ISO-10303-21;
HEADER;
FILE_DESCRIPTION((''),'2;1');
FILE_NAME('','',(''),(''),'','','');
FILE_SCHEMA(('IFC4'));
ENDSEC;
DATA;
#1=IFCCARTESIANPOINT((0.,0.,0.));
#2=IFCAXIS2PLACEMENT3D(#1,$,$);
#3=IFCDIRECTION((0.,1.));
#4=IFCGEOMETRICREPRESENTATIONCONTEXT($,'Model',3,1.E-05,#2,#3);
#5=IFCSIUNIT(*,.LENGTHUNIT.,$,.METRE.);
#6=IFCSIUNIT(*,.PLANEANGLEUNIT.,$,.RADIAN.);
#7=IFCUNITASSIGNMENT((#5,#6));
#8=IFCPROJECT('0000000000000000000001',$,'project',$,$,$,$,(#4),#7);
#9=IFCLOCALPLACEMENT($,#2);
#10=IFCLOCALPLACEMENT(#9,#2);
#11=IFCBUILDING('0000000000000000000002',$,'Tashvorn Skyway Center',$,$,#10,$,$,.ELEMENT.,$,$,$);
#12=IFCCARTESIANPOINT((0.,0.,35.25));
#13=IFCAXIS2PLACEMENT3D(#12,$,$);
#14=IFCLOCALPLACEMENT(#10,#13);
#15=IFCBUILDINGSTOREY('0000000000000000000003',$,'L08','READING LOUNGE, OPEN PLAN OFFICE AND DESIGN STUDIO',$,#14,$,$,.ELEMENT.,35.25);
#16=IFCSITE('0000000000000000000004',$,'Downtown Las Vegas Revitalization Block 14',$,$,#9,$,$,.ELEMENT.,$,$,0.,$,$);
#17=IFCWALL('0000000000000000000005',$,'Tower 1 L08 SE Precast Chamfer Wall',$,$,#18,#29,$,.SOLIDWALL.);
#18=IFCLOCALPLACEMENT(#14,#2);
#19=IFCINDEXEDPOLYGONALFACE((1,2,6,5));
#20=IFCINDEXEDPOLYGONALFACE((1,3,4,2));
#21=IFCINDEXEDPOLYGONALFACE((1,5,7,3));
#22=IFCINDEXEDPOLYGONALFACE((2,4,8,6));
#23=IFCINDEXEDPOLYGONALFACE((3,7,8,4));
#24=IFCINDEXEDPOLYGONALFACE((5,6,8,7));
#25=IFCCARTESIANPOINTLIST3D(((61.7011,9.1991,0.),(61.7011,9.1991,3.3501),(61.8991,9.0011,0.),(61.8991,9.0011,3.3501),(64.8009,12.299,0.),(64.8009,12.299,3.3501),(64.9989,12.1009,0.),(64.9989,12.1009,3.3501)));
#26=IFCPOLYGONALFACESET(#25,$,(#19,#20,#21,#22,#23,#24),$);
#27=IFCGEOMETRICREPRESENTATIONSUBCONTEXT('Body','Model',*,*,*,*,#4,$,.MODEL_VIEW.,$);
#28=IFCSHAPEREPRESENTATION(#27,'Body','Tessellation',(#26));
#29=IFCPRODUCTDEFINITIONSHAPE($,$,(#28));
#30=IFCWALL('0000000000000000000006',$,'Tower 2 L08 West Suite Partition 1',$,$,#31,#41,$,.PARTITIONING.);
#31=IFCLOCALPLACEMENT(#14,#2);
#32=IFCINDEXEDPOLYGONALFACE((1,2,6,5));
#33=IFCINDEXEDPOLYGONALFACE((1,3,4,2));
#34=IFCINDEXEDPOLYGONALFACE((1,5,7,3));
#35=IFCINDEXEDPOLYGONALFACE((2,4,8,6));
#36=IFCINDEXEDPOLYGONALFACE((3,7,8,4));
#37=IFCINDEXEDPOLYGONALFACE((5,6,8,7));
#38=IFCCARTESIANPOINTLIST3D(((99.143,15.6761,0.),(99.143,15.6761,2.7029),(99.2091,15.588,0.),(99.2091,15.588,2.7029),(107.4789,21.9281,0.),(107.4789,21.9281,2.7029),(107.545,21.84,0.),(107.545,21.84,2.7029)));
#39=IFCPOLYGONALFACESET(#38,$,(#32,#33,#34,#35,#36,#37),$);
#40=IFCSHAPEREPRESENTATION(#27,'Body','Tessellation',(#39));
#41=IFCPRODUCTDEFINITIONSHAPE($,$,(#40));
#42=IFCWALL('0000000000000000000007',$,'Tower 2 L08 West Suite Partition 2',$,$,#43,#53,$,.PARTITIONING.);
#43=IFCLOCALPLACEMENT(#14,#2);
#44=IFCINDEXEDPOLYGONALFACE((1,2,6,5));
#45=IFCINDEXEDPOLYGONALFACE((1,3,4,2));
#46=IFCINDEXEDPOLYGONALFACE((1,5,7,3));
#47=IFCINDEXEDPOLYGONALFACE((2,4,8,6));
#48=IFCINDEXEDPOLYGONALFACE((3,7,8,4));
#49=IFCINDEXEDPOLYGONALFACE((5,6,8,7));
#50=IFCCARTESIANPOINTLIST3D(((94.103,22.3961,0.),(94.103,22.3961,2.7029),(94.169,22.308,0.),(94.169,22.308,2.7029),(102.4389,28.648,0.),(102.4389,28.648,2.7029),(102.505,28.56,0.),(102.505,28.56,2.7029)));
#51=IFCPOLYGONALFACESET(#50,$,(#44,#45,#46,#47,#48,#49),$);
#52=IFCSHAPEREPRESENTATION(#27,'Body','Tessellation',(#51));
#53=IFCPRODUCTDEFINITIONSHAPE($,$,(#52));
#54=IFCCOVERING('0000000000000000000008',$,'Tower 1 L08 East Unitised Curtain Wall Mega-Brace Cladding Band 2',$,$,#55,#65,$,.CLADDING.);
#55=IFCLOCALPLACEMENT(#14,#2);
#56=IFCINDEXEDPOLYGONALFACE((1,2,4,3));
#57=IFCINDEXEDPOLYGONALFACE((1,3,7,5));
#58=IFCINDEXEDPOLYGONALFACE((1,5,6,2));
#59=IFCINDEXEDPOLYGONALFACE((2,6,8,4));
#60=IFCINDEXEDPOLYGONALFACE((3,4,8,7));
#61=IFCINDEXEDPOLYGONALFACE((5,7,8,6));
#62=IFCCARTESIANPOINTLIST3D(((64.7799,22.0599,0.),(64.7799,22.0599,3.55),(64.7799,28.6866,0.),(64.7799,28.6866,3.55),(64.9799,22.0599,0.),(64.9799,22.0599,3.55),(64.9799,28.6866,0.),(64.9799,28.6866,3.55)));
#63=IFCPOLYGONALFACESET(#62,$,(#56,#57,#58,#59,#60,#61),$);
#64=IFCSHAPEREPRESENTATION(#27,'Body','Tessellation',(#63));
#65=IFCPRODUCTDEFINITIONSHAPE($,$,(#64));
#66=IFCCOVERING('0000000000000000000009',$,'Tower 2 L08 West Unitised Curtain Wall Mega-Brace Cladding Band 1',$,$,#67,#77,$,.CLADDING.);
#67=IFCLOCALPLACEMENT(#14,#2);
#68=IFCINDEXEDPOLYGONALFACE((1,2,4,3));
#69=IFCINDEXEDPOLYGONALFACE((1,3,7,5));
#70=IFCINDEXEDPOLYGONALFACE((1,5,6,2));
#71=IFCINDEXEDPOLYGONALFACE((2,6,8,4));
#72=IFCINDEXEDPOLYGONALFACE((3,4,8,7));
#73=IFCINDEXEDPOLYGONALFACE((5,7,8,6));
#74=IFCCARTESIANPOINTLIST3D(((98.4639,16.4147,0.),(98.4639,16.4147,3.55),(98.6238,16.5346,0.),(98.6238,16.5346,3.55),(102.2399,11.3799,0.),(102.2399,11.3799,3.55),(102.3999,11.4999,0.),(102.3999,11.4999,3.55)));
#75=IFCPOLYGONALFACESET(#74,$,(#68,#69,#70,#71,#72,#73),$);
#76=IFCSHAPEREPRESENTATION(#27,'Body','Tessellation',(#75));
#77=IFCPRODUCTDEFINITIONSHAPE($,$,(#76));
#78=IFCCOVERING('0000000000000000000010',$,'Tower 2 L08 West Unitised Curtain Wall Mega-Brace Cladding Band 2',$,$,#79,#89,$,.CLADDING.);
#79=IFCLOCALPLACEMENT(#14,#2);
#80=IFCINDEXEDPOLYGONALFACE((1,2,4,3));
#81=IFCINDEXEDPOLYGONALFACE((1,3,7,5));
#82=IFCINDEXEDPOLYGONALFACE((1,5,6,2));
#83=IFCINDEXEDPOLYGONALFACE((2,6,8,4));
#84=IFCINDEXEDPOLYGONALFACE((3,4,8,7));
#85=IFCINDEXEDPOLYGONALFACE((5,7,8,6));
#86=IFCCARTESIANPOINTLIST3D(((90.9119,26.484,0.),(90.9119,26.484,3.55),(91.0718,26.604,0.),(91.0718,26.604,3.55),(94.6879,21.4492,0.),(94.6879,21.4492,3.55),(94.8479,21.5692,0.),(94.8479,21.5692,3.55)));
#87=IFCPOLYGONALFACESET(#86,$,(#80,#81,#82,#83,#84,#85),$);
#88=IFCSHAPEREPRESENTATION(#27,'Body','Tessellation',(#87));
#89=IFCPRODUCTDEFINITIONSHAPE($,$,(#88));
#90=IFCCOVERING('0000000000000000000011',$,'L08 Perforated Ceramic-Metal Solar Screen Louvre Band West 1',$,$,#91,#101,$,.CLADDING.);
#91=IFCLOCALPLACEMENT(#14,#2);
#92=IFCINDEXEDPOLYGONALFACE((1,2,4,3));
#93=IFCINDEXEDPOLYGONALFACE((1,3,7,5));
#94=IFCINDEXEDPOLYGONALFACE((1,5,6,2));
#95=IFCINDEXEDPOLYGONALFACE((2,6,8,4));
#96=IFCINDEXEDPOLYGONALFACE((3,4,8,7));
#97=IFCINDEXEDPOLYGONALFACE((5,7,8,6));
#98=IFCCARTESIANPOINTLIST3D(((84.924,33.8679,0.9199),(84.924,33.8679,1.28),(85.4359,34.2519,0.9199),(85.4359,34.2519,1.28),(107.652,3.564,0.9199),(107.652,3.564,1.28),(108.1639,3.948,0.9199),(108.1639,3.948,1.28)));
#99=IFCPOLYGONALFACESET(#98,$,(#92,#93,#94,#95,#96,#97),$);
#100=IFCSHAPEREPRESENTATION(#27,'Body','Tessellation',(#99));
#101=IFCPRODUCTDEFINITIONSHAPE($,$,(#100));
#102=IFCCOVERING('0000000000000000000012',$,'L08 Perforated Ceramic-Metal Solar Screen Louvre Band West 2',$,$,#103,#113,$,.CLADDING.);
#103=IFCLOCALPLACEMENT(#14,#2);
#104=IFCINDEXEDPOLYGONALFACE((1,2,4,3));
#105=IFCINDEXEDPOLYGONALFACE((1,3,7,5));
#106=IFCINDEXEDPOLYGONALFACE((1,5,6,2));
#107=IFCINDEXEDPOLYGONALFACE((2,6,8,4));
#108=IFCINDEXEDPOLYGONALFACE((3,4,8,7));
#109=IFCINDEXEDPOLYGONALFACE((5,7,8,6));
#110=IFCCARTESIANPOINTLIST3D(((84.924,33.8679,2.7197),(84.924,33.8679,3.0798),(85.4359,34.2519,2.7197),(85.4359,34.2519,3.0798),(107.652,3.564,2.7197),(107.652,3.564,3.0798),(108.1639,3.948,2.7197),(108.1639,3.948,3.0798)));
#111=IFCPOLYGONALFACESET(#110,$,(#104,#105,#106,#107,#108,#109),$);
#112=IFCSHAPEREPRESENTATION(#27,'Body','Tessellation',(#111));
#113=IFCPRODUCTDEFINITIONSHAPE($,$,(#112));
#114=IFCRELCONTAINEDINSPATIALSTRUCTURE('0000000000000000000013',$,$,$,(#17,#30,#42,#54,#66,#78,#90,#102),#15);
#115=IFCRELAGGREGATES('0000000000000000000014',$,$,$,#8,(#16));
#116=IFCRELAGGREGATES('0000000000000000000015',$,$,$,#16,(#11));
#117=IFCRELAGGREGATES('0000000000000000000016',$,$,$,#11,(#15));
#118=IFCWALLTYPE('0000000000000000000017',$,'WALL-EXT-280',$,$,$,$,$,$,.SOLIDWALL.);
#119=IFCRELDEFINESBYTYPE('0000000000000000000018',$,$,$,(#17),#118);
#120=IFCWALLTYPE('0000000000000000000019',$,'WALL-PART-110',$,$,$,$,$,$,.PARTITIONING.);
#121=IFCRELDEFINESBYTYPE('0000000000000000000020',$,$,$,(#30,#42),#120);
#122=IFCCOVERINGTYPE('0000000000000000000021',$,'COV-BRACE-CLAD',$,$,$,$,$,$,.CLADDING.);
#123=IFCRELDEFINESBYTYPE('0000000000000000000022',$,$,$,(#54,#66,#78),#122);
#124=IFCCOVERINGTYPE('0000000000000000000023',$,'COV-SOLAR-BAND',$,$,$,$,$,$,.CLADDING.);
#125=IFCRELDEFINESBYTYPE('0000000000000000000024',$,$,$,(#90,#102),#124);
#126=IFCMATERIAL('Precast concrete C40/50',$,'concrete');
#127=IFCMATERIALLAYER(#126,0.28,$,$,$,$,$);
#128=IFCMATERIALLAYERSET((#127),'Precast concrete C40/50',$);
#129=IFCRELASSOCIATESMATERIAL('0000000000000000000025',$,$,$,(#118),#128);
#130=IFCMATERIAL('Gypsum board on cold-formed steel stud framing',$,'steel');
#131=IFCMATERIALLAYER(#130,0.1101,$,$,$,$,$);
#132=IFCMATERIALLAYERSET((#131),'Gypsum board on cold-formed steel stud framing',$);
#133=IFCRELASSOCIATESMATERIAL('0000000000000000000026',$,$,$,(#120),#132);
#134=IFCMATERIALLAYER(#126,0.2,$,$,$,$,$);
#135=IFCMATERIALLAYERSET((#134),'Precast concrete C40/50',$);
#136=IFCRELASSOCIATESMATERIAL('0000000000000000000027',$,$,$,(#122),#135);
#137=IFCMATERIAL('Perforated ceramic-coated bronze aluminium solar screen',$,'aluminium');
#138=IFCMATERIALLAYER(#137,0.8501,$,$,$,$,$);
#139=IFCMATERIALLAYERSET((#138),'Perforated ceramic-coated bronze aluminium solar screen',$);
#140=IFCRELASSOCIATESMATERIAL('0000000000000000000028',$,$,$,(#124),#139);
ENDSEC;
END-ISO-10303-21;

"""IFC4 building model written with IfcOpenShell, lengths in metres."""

from ifc_helpers import new_model, si_unit, direction, frame, frame_2d, origin, origin_2d, place, context, subcontext, project, spatial, rectangle, extrude, material, layer, layer_set, type_object, element, save


model = new_model("IFC4")

# Units and contexts
model_context = context("Model", 3, precision=1e-05, world=origin(), true_north=direction((0.0, 1.0)))
body_context = subcontext(model_context, "Body", "Model", "MODEL_VIEW")
ifc_project = project(units=[si_unit("LENGTHUNIT", "METRE"), si_unit("PLANEANGLEUNIT", "RADIAN")], contexts=[model_context])

# Site, building, storey
site_placement = place(None, origin())
site = spatial("IfcSite", under=ifc_project, at=site_placement, Name="Downtown Las Vegas Revitalization Block 14", CompositionType="ELEMENT", RefElevation=0.0)
building_placement = place(site_placement, origin())
building = spatial("IfcBuilding", under=site, at=building_placement, Name="Tashvorn Skyway Center", CompositionType="ELEMENT")
storey_placement = place(building_placement, frame((0.0, 0.0, 35.25)))
storey = spatial("IfcBuildingStorey", under=building, at=storey_placement, Name="L08", Description="READING LOUNGE, OPEN PLAN OFFICE AND DESIGN STUDIO", CompositionType="ELEMENT", Elevation=35.25)

# Walls
ifc_material_1 = material(Name="Precast concrete C40/50", Category="concrete")
ifc_layer_1 = layer(ifc_material_1, 0.28)
ifc_layer_set_1 = layer_set([ifc_layer_1], Name="Precast concrete C40/50")
wall_type_1 = type_object("IfcWallType", Name="WALL-EXT-280", PredefinedType="SOLIDWALL", material=ifc_layer_set_1)
wall_placement = place(storey_placement, frame((64.8999, 12.2, 0.0), z_axis=(0.0, 0.0, 1.0), x_axis=(-0.707107, -0.707107, 0.0)))
element("IfcWall", 1, at=wall_placement, inside=storey, type_object=wall_type_1, Name="Tower 1 L08 SE Precast Chamfer Wall", PredefinedType="SOLIDWALL", context=body_context, shape_type="SweptSolid", body=[
    extrude(rectangle(XDim=4.3838, YDim=0.28, at=frame_2d((2.1919, 0.0))), origin(), (0.0, 0.0, 1.0), 3.3501),
])
ifc_material_2 = material(Name="Gypsum board on cold-formed steel stud framing", Category="steel")
ifc_layer_2 = layer(ifc_material_2, 0.1101)
ifc_layer_set_2 = layer_set([ifc_layer_2], Name="Gypsum board on cold-formed steel stud framing")
wall_type_2 = type_object("IfcWallType", Name="WALL-PART-110", PredefinedType="PARTITIONING", material=ifc_layer_set_2)
for number, where, z_axis, x_axis, name in (
    (2, (99.176, 15.6321, 0.0), (0.0, 0.0, 1.0), (0.8, 0.6, 0.0), "Tower 2 L08 West Suite Partition 1"),
    (3, (94.136, 22.3521, 0.0), (0.0, 0.0, 1.0), (0.8, 0.6, 0.0), "Tower 2 L08 West Suite Partition 2"),
):
    element("IfcWall", number, at=place(storey_placement, frame(where, z_axis=z_axis, x_axis=x_axis)), inside=storey, type_object=wall_type_2, Name=name, PredefinedType="PARTITIONING", context=body_context, shape_type="SweptSolid", body=[
        extrude(rectangle(XDim=10.4199, YDim=0.1101, at=frame_2d((5.21, 0.0))), origin(), (0.0, 0.0, 1.0), 2.7029),
    ])

# Coverings
ifc_layer_3 = layer(ifc_material_1, 0.2)
ifc_layer_set_3 = layer_set([ifc_layer_3], Name="Precast concrete C40/50")
covering_type_1 = type_object("IfcCoveringType", Name="COV-BRACE-CLAD", PredefinedType="CLADDING", material=ifc_layer_set_3)
covering_placement = place(storey_placement, frame((64.8799, 25.3733, 0.0), z_axis=(0.0, 0.0, 1.0), x_axis=(0.0, -1.0, 0.0)))
element("IfcCovering", 4, at=covering_placement, inside=storey, type_object=covering_type_1, Name="Tower 1 L08 East Unitised Curtain Wall Mega-Brace Cladding Band 2", PredefinedType="CLADDING", context=body_context, shape_type="SweptSolid", body=[
    extrude(rectangle(XDim=6.6267, YDim=0.2, at=origin_2d()), origin(), (0.0, 0.0, 1.0), 3.55),
])
for number, where, z_axis, x_axis, name in (
    (5, (100.4319, 13.9573, 0.0), (0.0, 0.0, 1.0), (-0.6, 0.8, 0.0), "Tower 2 L08 West Unitised Curtain Wall Mega-Brace Cladding Band 1"),
    (6, (92.8799, 24.0266, 0.0), (0.0, 0.0, 1.0), (-0.6, 0.8, 0.0), "Tower 2 L08 West Unitised Curtain Wall Mega-Brace Cladding Band 2"),
):
    element("IfcCovering", number, at=place(storey_placement, frame(where, z_axis=z_axis, x_axis=x_axis)), inside=storey, type_object=covering_type_1, Name=name, PredefinedType="CLADDING", context=body_context, shape_type="SweptSolid", body=[
        extrude(rectangle(XDim=6.2935, YDim=0.2, at=origin_2d()), origin(), (0.0, 0.0, 1.0), 3.55),
    ])
ifc_material_3 = material(Name="Perforated ceramic-coated bronze aluminium solar screen", Category="aluminium")
ifc_layer_4 = layer(ifc_material_3, 0.8501)
ifc_layer_set_4 = layer_set([ifc_layer_4], Name="Perforated ceramic-coated bronze aluminium solar screen")
covering_type_2 = type_object("IfcCoveringType", Name="COV-SOLAR-BAND", PredefinedType="CLADDING", material=ifc_layer_set_4)
for number, where, z_axis, x_axis, name in (
    (7, (96.5439, 18.908, 0.9199), (0.0, 0.0, 1.0), (-0.6, 0.8, 0.0), "L08 Perforated Ceramic-Metal Solar Screen Louvre Band West 1"),
    (8, (96.5439, 18.908, 2.7197), (0.0, 0.0, 1.0), (-0.6, 0.8, 0.0), "L08 Perforated Ceramic-Metal Solar Screen Louvre Band West 2"),
):
    element("IfcCovering", number, at=place(storey_placement, frame(where, z_axis=z_axis, x_axis=x_axis)), inside=storey, type_object=covering_type_2, Name=name, PredefinedType="CLADDING", context=body_context, shape_type="SweptSolid", body=[
        extrude(rectangle(XDim=37.8799, YDim=0.6399, at=origin_2d()), origin(), (0.0, 0.0, 1.0), 0.3601),
    ])

save(model, "model.ifc")
